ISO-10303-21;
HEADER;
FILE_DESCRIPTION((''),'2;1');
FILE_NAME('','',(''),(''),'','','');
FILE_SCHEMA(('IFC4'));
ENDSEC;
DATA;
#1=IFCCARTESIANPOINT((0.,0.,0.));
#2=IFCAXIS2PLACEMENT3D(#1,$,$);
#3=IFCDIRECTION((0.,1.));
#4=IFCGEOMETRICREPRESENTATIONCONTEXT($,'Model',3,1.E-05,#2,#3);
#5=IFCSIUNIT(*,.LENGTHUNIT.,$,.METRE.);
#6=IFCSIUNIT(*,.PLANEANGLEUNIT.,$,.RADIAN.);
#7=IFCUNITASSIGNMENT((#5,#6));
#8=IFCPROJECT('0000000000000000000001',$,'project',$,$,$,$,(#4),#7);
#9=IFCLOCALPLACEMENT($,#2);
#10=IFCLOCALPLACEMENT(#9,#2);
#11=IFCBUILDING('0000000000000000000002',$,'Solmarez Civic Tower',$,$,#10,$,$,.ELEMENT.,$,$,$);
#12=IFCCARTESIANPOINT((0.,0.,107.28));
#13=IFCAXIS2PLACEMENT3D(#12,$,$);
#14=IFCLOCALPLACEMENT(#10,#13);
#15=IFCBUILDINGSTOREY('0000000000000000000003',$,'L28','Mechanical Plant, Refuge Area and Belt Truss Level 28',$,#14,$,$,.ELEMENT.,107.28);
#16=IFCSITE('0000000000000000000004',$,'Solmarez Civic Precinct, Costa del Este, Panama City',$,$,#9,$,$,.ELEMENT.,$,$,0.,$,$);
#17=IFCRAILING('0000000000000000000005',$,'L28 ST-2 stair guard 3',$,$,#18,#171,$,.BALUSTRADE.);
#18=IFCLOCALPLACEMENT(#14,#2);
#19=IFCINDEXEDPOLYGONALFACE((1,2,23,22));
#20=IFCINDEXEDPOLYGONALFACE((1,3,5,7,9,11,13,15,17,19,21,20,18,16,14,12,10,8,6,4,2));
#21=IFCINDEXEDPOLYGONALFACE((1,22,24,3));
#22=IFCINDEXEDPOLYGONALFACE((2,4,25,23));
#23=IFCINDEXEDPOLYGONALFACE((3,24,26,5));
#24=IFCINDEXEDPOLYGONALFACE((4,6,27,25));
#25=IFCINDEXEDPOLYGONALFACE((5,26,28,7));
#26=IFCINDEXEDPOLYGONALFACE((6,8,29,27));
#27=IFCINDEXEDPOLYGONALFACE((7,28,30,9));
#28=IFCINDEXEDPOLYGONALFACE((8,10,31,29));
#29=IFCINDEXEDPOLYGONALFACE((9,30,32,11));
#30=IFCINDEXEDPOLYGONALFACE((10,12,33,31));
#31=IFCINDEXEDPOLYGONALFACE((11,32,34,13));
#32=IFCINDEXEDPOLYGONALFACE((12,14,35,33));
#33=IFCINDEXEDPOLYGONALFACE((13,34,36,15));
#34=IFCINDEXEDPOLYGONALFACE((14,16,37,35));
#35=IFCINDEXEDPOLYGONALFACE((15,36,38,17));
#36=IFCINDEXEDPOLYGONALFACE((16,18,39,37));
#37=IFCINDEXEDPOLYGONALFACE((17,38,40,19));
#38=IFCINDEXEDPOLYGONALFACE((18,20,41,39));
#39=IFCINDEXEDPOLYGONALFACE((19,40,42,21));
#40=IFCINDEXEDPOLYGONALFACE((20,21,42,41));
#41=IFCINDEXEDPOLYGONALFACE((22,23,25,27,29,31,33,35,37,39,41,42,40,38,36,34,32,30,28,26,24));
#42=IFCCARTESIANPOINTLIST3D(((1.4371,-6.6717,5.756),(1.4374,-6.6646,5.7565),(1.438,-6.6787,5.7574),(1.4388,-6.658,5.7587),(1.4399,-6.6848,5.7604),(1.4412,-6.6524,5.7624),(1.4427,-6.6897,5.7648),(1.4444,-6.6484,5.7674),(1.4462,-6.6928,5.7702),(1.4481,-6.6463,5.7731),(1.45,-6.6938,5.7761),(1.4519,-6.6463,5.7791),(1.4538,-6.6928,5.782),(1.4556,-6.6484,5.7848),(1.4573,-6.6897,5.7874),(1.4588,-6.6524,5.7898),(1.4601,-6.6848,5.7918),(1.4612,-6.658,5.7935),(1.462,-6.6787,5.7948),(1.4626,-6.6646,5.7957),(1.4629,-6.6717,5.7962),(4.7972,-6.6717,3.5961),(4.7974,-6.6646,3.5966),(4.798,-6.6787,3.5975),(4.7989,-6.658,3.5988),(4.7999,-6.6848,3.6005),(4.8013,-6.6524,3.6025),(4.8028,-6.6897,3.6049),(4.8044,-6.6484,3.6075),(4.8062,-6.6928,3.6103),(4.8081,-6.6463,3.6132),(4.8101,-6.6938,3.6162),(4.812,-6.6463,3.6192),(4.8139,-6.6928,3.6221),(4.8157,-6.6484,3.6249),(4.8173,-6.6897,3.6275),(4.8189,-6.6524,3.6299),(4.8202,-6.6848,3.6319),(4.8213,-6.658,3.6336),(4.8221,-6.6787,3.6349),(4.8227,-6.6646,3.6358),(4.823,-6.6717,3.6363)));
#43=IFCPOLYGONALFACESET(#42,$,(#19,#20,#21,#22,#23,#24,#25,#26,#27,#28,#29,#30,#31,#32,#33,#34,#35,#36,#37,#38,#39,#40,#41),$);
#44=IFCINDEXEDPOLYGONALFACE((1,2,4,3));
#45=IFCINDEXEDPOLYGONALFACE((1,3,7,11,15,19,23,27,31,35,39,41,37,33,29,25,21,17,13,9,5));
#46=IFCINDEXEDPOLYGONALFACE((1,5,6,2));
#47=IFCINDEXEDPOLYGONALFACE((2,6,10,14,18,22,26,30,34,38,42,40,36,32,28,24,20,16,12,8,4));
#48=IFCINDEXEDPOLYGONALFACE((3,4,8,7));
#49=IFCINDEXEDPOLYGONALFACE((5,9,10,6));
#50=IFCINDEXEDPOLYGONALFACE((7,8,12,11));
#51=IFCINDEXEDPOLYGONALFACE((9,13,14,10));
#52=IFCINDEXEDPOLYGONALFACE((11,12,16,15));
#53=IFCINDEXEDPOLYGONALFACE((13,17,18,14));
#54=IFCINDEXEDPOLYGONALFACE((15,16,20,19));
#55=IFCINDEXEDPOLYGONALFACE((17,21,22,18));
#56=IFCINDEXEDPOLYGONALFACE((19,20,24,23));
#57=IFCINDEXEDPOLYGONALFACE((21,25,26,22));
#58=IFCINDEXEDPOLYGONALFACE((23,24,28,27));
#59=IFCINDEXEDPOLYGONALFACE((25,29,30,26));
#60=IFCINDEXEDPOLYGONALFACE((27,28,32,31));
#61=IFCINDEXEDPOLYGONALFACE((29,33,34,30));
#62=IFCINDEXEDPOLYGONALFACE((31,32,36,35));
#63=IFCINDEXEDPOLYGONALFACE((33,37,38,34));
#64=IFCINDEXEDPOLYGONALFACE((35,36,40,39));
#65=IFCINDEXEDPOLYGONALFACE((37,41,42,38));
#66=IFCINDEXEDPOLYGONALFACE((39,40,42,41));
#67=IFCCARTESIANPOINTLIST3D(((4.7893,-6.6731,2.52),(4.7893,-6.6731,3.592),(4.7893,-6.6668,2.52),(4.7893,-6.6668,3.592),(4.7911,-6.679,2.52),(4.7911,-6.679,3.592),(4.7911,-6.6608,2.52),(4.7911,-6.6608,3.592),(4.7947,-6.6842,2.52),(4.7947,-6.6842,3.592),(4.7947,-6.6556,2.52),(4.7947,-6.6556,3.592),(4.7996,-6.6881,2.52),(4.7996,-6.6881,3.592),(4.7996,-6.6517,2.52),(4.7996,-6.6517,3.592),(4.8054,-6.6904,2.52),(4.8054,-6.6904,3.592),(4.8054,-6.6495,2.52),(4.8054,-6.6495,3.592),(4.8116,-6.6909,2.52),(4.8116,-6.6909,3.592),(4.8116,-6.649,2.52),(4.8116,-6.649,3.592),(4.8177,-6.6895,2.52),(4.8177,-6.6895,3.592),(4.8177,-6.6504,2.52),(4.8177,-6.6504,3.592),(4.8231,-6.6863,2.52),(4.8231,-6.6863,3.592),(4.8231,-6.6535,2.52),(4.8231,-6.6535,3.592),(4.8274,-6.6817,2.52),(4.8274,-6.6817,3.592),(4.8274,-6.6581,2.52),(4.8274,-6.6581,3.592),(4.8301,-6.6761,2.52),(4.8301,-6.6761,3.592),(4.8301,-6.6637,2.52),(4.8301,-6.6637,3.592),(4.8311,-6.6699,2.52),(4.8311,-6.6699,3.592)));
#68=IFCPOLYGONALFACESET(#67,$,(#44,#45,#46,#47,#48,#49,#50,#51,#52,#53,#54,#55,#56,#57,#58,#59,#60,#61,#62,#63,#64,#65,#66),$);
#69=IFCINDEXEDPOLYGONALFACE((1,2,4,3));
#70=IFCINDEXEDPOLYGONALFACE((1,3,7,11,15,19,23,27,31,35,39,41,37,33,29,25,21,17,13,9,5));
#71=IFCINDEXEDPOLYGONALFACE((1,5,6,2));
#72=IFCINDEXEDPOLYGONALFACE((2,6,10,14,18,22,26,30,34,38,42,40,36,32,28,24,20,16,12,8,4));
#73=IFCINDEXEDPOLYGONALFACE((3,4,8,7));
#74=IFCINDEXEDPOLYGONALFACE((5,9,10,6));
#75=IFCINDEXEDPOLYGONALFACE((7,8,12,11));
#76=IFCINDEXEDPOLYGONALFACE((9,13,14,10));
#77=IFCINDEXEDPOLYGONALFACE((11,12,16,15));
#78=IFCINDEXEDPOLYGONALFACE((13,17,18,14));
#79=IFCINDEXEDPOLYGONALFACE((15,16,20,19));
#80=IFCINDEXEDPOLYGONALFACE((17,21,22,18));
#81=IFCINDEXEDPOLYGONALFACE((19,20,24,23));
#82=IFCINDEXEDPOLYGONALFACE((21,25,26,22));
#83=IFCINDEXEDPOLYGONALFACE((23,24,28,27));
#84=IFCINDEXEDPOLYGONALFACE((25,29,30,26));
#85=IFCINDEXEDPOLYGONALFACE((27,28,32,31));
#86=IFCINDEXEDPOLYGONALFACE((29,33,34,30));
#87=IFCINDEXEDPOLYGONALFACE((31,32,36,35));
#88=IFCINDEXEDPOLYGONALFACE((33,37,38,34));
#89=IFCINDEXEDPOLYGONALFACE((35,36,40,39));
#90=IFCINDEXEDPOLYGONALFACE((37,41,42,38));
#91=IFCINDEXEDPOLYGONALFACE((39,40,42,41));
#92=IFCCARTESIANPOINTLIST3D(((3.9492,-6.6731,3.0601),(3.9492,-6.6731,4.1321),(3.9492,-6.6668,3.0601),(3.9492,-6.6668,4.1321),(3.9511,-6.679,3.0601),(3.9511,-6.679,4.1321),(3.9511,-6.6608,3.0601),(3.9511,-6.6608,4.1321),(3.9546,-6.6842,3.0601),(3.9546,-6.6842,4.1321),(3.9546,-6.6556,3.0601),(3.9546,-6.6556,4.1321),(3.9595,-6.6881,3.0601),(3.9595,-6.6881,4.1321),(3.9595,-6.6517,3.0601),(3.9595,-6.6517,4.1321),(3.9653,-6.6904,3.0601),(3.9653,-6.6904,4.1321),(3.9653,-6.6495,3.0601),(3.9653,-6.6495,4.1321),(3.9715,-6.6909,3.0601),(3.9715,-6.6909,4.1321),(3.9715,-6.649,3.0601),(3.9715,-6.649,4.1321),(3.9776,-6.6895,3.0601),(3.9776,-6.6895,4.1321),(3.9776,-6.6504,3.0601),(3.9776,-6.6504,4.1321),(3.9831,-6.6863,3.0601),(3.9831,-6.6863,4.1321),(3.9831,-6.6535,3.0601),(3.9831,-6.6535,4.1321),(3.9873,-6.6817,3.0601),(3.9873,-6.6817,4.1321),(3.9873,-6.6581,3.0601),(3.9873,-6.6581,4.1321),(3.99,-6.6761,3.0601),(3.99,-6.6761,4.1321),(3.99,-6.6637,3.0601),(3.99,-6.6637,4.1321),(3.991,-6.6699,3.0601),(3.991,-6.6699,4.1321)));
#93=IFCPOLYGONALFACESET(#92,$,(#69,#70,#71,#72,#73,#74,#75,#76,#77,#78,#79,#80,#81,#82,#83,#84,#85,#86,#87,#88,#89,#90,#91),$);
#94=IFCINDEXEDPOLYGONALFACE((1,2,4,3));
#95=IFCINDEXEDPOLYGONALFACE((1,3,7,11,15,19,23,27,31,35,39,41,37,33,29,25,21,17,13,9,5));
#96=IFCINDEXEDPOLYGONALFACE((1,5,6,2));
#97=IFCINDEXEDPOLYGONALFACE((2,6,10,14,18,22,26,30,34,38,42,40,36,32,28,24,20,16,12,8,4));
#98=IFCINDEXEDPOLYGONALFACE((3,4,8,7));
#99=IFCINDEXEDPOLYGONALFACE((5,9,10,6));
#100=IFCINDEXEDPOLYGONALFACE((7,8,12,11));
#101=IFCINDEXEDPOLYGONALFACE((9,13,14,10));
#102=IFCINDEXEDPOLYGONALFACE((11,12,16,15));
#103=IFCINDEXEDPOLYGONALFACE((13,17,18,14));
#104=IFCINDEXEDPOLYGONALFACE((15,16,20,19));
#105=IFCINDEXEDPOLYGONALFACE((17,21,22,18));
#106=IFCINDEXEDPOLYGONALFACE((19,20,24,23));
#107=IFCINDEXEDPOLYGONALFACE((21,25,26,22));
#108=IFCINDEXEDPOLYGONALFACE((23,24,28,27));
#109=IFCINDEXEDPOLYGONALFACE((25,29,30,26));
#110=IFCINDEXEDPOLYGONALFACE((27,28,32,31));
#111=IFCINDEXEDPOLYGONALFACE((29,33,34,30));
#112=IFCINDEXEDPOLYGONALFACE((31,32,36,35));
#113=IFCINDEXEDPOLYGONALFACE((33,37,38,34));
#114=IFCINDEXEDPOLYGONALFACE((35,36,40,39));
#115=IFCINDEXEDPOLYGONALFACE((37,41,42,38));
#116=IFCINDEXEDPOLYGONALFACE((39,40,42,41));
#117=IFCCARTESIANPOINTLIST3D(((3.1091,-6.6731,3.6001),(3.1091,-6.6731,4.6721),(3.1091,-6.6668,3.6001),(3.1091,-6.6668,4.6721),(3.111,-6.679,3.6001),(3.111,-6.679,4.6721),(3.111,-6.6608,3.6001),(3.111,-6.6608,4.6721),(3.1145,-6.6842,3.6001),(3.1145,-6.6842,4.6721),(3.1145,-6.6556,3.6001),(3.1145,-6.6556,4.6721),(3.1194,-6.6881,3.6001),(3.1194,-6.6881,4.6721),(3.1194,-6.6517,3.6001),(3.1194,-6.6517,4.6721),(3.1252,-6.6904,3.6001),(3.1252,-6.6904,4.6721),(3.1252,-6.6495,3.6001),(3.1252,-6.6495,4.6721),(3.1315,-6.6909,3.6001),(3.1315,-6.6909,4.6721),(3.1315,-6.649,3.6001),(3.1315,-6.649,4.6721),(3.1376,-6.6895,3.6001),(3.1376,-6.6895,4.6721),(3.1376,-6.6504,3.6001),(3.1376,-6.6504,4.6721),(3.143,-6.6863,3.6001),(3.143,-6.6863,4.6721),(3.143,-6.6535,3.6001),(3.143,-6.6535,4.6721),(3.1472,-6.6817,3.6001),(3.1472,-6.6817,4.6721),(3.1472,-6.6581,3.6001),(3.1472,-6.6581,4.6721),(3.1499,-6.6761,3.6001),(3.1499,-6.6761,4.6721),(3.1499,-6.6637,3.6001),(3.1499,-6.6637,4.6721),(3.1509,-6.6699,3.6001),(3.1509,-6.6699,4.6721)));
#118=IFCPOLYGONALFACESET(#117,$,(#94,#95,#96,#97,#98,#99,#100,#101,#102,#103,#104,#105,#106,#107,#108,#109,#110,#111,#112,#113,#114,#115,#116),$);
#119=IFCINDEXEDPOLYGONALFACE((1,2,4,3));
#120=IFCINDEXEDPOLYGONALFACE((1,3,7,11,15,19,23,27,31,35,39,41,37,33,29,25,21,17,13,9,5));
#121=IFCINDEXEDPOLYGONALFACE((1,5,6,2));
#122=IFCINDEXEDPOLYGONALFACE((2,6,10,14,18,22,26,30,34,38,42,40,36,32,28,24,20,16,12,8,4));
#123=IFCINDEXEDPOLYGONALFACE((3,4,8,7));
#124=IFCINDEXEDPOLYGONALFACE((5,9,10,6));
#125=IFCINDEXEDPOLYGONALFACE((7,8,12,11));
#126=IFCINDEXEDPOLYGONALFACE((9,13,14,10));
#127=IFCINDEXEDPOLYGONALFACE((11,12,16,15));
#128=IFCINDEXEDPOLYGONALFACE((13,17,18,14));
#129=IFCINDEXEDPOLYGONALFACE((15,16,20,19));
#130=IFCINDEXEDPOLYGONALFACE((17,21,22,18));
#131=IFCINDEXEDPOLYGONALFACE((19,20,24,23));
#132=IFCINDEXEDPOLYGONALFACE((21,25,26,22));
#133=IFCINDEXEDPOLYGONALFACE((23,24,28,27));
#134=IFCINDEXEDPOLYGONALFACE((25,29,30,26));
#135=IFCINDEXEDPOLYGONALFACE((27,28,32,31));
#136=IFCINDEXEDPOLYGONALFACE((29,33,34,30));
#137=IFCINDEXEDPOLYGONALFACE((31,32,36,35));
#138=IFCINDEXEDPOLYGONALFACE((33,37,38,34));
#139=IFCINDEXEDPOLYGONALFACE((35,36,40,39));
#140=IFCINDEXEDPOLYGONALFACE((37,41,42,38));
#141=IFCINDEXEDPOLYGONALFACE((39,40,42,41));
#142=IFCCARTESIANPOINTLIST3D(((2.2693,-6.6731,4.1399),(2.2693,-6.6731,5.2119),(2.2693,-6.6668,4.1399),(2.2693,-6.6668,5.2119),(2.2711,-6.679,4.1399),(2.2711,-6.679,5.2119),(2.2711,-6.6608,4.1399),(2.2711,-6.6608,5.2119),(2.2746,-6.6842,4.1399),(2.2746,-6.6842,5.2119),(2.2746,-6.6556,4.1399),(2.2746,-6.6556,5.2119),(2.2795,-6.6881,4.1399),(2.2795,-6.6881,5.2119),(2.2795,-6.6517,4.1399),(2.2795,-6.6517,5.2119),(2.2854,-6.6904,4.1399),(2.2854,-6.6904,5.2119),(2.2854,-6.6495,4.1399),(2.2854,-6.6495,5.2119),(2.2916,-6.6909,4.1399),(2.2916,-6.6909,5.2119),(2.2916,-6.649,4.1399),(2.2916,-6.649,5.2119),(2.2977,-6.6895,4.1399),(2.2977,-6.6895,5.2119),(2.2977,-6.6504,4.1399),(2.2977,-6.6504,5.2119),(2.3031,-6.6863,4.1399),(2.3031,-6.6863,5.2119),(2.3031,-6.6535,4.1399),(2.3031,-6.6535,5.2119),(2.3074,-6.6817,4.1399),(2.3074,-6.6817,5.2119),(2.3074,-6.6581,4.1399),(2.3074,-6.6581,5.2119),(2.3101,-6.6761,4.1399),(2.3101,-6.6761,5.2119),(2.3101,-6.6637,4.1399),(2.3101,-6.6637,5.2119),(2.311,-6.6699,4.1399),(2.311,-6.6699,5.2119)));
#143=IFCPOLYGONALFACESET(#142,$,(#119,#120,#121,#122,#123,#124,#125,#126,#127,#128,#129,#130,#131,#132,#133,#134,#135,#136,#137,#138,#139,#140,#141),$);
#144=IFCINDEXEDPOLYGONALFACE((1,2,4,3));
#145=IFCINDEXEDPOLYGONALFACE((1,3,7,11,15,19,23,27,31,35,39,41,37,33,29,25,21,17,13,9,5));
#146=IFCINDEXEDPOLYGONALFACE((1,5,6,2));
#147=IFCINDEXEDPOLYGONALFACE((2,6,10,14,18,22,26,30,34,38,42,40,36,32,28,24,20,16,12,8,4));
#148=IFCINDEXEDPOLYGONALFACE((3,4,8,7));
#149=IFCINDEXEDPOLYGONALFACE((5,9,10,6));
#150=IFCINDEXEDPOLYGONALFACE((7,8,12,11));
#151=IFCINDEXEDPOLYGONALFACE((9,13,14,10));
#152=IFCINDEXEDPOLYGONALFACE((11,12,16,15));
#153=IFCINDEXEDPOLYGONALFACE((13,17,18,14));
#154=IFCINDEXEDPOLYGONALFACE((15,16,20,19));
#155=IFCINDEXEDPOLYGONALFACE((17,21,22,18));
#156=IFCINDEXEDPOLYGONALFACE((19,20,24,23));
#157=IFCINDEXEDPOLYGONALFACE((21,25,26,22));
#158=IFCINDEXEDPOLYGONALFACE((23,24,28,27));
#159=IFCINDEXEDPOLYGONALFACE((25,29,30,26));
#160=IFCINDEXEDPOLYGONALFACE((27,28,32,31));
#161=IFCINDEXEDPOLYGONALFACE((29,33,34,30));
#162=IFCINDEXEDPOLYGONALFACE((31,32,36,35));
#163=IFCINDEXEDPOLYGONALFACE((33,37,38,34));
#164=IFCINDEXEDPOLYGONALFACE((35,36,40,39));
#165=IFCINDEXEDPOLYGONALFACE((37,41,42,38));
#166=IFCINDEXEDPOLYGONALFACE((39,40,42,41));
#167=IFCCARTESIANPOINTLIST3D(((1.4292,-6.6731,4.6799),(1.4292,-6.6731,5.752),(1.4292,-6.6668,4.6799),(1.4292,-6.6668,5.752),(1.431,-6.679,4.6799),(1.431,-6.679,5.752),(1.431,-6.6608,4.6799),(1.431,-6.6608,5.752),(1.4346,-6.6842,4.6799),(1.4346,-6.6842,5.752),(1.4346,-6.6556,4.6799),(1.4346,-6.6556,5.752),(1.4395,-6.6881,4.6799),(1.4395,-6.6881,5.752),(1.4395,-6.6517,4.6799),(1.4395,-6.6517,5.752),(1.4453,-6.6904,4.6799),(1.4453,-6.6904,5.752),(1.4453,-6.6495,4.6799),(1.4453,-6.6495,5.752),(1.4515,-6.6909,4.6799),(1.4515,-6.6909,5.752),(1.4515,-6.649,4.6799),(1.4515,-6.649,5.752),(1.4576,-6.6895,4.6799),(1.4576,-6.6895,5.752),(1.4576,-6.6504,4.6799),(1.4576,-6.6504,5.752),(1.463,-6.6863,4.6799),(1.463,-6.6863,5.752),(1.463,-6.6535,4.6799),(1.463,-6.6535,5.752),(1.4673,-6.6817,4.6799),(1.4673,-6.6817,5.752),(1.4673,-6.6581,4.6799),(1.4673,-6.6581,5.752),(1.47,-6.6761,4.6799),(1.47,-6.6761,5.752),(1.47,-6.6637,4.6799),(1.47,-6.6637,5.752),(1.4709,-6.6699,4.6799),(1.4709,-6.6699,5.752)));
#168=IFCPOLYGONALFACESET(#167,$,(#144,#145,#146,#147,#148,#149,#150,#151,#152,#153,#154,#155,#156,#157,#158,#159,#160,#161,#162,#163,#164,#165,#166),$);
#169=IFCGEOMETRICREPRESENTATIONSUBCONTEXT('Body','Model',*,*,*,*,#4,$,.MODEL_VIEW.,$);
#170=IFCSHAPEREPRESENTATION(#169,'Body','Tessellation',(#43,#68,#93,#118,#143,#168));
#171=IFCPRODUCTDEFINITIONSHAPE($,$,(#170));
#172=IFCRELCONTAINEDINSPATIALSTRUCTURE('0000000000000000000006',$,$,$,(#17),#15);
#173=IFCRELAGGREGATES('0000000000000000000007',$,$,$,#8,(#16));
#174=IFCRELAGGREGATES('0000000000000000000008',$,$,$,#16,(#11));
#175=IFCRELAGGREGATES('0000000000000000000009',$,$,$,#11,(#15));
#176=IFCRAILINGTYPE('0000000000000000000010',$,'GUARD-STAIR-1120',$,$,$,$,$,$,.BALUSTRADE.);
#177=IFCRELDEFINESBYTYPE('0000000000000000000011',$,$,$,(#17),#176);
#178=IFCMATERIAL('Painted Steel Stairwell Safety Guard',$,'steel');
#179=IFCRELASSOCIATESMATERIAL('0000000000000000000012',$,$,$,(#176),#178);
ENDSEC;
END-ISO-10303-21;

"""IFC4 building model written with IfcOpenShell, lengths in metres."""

from ifc_helpers import new_model, si_unit, direction, frame, origin, origin_2d, place, context, subcontext, project, spatial, circle, extrude, material, type_object, element, save


model = new_model("IFC4")

# Units and contexts
model_context = context("Model", 3, precision=1e-05, world=origin(), true_north=direction((0.0, 1.0)))
body_context = subcontext(model_context, "Body", "Model", "MODEL_VIEW")
ifc_project = project(units=[si_unit("LENGTHUNIT", "METRE"), si_unit("PLANEANGLEUNIT", "RADIAN")], contexts=[model_context])

# Site, building, storey
site_placement = place(None, origin())
site = spatial("IfcSite", under=ifc_project, at=site_placement, Name="Solmarez Civic Precinct, Costa del Este, Panama City", CompositionType="ELEMENT", RefElevation=0.0)
building_placement = place(site_placement, origin())
building = spatial("IfcBuilding", under=site, at=building_placement, Name="Solmarez Civic Tower", CompositionType="ELEMENT")
storey_placement = place(building_placement, frame((0.0, 0.0, 107.28)))
storey = spatial("IfcBuildingStorey", under=building, at=storey_placement, Name="L28", Description="Mechanical Plant, Refuge Area and Belt Truss Level 28", CompositionType="ELEMENT", Elevation=107.28)

# Railing
ifc_material_1 = material(Name="Painted Steel Stairwell Safety Guard", Category="steel")
railing_type_1 = type_object("IfcRailingType", Name="GUARD-STAIR-1120", PredefinedType="BALUSTRADE", material=ifc_material_1)
railing_1_placement = place(storey_placement, frame((4.8101, -6.6699, 2.52)))
element("IfcRailing", 1, at=railing_1_placement, inside=storey, type_object=railing_type_1, Name="L28 ST-2 stair guard 3", PredefinedType="BALUSTRADE", context=body_context, shape_type="SweptSolid", body=[
    extrude(circle(Radius=0.0239, at=origin_2d()), frame((0.0, 0.0, 1.0962), z_axis=(-0.841196, 0.0, 0.54073), x_axis=(0.0, -1.0, 0.0)), (0.0, 0.0, 1.0), 3.9944),
    extrude(circle(Radius=0.021, at=origin_2d()), origin(), (0.0, 0.0, 1.0), 1.072),
    extrude(circle(Radius=0.021, at=origin_2d()), frame((-0.8401, 0.0, 0.54)), (0.0, 0.0, 1.0), 1.072),
    extrude(circle(Radius=0.021, at=origin_2d()), frame((-1.6802, 0.0, 1.0801)), (0.0, 0.0, 1.0), 1.072),
    extrude(circle(Radius=0.021, at=origin_2d()), frame((-2.52, 0.0, 1.6199)), (0.0, 0.0, 1.0), 1.072),
    extrude(circle(Radius=0.021, at=origin_2d()), frame((-3.3601, 0.0, 2.1599)), (0.0, 0.0, 1.0), 1.072),
])

save(model, "model.ifc")
